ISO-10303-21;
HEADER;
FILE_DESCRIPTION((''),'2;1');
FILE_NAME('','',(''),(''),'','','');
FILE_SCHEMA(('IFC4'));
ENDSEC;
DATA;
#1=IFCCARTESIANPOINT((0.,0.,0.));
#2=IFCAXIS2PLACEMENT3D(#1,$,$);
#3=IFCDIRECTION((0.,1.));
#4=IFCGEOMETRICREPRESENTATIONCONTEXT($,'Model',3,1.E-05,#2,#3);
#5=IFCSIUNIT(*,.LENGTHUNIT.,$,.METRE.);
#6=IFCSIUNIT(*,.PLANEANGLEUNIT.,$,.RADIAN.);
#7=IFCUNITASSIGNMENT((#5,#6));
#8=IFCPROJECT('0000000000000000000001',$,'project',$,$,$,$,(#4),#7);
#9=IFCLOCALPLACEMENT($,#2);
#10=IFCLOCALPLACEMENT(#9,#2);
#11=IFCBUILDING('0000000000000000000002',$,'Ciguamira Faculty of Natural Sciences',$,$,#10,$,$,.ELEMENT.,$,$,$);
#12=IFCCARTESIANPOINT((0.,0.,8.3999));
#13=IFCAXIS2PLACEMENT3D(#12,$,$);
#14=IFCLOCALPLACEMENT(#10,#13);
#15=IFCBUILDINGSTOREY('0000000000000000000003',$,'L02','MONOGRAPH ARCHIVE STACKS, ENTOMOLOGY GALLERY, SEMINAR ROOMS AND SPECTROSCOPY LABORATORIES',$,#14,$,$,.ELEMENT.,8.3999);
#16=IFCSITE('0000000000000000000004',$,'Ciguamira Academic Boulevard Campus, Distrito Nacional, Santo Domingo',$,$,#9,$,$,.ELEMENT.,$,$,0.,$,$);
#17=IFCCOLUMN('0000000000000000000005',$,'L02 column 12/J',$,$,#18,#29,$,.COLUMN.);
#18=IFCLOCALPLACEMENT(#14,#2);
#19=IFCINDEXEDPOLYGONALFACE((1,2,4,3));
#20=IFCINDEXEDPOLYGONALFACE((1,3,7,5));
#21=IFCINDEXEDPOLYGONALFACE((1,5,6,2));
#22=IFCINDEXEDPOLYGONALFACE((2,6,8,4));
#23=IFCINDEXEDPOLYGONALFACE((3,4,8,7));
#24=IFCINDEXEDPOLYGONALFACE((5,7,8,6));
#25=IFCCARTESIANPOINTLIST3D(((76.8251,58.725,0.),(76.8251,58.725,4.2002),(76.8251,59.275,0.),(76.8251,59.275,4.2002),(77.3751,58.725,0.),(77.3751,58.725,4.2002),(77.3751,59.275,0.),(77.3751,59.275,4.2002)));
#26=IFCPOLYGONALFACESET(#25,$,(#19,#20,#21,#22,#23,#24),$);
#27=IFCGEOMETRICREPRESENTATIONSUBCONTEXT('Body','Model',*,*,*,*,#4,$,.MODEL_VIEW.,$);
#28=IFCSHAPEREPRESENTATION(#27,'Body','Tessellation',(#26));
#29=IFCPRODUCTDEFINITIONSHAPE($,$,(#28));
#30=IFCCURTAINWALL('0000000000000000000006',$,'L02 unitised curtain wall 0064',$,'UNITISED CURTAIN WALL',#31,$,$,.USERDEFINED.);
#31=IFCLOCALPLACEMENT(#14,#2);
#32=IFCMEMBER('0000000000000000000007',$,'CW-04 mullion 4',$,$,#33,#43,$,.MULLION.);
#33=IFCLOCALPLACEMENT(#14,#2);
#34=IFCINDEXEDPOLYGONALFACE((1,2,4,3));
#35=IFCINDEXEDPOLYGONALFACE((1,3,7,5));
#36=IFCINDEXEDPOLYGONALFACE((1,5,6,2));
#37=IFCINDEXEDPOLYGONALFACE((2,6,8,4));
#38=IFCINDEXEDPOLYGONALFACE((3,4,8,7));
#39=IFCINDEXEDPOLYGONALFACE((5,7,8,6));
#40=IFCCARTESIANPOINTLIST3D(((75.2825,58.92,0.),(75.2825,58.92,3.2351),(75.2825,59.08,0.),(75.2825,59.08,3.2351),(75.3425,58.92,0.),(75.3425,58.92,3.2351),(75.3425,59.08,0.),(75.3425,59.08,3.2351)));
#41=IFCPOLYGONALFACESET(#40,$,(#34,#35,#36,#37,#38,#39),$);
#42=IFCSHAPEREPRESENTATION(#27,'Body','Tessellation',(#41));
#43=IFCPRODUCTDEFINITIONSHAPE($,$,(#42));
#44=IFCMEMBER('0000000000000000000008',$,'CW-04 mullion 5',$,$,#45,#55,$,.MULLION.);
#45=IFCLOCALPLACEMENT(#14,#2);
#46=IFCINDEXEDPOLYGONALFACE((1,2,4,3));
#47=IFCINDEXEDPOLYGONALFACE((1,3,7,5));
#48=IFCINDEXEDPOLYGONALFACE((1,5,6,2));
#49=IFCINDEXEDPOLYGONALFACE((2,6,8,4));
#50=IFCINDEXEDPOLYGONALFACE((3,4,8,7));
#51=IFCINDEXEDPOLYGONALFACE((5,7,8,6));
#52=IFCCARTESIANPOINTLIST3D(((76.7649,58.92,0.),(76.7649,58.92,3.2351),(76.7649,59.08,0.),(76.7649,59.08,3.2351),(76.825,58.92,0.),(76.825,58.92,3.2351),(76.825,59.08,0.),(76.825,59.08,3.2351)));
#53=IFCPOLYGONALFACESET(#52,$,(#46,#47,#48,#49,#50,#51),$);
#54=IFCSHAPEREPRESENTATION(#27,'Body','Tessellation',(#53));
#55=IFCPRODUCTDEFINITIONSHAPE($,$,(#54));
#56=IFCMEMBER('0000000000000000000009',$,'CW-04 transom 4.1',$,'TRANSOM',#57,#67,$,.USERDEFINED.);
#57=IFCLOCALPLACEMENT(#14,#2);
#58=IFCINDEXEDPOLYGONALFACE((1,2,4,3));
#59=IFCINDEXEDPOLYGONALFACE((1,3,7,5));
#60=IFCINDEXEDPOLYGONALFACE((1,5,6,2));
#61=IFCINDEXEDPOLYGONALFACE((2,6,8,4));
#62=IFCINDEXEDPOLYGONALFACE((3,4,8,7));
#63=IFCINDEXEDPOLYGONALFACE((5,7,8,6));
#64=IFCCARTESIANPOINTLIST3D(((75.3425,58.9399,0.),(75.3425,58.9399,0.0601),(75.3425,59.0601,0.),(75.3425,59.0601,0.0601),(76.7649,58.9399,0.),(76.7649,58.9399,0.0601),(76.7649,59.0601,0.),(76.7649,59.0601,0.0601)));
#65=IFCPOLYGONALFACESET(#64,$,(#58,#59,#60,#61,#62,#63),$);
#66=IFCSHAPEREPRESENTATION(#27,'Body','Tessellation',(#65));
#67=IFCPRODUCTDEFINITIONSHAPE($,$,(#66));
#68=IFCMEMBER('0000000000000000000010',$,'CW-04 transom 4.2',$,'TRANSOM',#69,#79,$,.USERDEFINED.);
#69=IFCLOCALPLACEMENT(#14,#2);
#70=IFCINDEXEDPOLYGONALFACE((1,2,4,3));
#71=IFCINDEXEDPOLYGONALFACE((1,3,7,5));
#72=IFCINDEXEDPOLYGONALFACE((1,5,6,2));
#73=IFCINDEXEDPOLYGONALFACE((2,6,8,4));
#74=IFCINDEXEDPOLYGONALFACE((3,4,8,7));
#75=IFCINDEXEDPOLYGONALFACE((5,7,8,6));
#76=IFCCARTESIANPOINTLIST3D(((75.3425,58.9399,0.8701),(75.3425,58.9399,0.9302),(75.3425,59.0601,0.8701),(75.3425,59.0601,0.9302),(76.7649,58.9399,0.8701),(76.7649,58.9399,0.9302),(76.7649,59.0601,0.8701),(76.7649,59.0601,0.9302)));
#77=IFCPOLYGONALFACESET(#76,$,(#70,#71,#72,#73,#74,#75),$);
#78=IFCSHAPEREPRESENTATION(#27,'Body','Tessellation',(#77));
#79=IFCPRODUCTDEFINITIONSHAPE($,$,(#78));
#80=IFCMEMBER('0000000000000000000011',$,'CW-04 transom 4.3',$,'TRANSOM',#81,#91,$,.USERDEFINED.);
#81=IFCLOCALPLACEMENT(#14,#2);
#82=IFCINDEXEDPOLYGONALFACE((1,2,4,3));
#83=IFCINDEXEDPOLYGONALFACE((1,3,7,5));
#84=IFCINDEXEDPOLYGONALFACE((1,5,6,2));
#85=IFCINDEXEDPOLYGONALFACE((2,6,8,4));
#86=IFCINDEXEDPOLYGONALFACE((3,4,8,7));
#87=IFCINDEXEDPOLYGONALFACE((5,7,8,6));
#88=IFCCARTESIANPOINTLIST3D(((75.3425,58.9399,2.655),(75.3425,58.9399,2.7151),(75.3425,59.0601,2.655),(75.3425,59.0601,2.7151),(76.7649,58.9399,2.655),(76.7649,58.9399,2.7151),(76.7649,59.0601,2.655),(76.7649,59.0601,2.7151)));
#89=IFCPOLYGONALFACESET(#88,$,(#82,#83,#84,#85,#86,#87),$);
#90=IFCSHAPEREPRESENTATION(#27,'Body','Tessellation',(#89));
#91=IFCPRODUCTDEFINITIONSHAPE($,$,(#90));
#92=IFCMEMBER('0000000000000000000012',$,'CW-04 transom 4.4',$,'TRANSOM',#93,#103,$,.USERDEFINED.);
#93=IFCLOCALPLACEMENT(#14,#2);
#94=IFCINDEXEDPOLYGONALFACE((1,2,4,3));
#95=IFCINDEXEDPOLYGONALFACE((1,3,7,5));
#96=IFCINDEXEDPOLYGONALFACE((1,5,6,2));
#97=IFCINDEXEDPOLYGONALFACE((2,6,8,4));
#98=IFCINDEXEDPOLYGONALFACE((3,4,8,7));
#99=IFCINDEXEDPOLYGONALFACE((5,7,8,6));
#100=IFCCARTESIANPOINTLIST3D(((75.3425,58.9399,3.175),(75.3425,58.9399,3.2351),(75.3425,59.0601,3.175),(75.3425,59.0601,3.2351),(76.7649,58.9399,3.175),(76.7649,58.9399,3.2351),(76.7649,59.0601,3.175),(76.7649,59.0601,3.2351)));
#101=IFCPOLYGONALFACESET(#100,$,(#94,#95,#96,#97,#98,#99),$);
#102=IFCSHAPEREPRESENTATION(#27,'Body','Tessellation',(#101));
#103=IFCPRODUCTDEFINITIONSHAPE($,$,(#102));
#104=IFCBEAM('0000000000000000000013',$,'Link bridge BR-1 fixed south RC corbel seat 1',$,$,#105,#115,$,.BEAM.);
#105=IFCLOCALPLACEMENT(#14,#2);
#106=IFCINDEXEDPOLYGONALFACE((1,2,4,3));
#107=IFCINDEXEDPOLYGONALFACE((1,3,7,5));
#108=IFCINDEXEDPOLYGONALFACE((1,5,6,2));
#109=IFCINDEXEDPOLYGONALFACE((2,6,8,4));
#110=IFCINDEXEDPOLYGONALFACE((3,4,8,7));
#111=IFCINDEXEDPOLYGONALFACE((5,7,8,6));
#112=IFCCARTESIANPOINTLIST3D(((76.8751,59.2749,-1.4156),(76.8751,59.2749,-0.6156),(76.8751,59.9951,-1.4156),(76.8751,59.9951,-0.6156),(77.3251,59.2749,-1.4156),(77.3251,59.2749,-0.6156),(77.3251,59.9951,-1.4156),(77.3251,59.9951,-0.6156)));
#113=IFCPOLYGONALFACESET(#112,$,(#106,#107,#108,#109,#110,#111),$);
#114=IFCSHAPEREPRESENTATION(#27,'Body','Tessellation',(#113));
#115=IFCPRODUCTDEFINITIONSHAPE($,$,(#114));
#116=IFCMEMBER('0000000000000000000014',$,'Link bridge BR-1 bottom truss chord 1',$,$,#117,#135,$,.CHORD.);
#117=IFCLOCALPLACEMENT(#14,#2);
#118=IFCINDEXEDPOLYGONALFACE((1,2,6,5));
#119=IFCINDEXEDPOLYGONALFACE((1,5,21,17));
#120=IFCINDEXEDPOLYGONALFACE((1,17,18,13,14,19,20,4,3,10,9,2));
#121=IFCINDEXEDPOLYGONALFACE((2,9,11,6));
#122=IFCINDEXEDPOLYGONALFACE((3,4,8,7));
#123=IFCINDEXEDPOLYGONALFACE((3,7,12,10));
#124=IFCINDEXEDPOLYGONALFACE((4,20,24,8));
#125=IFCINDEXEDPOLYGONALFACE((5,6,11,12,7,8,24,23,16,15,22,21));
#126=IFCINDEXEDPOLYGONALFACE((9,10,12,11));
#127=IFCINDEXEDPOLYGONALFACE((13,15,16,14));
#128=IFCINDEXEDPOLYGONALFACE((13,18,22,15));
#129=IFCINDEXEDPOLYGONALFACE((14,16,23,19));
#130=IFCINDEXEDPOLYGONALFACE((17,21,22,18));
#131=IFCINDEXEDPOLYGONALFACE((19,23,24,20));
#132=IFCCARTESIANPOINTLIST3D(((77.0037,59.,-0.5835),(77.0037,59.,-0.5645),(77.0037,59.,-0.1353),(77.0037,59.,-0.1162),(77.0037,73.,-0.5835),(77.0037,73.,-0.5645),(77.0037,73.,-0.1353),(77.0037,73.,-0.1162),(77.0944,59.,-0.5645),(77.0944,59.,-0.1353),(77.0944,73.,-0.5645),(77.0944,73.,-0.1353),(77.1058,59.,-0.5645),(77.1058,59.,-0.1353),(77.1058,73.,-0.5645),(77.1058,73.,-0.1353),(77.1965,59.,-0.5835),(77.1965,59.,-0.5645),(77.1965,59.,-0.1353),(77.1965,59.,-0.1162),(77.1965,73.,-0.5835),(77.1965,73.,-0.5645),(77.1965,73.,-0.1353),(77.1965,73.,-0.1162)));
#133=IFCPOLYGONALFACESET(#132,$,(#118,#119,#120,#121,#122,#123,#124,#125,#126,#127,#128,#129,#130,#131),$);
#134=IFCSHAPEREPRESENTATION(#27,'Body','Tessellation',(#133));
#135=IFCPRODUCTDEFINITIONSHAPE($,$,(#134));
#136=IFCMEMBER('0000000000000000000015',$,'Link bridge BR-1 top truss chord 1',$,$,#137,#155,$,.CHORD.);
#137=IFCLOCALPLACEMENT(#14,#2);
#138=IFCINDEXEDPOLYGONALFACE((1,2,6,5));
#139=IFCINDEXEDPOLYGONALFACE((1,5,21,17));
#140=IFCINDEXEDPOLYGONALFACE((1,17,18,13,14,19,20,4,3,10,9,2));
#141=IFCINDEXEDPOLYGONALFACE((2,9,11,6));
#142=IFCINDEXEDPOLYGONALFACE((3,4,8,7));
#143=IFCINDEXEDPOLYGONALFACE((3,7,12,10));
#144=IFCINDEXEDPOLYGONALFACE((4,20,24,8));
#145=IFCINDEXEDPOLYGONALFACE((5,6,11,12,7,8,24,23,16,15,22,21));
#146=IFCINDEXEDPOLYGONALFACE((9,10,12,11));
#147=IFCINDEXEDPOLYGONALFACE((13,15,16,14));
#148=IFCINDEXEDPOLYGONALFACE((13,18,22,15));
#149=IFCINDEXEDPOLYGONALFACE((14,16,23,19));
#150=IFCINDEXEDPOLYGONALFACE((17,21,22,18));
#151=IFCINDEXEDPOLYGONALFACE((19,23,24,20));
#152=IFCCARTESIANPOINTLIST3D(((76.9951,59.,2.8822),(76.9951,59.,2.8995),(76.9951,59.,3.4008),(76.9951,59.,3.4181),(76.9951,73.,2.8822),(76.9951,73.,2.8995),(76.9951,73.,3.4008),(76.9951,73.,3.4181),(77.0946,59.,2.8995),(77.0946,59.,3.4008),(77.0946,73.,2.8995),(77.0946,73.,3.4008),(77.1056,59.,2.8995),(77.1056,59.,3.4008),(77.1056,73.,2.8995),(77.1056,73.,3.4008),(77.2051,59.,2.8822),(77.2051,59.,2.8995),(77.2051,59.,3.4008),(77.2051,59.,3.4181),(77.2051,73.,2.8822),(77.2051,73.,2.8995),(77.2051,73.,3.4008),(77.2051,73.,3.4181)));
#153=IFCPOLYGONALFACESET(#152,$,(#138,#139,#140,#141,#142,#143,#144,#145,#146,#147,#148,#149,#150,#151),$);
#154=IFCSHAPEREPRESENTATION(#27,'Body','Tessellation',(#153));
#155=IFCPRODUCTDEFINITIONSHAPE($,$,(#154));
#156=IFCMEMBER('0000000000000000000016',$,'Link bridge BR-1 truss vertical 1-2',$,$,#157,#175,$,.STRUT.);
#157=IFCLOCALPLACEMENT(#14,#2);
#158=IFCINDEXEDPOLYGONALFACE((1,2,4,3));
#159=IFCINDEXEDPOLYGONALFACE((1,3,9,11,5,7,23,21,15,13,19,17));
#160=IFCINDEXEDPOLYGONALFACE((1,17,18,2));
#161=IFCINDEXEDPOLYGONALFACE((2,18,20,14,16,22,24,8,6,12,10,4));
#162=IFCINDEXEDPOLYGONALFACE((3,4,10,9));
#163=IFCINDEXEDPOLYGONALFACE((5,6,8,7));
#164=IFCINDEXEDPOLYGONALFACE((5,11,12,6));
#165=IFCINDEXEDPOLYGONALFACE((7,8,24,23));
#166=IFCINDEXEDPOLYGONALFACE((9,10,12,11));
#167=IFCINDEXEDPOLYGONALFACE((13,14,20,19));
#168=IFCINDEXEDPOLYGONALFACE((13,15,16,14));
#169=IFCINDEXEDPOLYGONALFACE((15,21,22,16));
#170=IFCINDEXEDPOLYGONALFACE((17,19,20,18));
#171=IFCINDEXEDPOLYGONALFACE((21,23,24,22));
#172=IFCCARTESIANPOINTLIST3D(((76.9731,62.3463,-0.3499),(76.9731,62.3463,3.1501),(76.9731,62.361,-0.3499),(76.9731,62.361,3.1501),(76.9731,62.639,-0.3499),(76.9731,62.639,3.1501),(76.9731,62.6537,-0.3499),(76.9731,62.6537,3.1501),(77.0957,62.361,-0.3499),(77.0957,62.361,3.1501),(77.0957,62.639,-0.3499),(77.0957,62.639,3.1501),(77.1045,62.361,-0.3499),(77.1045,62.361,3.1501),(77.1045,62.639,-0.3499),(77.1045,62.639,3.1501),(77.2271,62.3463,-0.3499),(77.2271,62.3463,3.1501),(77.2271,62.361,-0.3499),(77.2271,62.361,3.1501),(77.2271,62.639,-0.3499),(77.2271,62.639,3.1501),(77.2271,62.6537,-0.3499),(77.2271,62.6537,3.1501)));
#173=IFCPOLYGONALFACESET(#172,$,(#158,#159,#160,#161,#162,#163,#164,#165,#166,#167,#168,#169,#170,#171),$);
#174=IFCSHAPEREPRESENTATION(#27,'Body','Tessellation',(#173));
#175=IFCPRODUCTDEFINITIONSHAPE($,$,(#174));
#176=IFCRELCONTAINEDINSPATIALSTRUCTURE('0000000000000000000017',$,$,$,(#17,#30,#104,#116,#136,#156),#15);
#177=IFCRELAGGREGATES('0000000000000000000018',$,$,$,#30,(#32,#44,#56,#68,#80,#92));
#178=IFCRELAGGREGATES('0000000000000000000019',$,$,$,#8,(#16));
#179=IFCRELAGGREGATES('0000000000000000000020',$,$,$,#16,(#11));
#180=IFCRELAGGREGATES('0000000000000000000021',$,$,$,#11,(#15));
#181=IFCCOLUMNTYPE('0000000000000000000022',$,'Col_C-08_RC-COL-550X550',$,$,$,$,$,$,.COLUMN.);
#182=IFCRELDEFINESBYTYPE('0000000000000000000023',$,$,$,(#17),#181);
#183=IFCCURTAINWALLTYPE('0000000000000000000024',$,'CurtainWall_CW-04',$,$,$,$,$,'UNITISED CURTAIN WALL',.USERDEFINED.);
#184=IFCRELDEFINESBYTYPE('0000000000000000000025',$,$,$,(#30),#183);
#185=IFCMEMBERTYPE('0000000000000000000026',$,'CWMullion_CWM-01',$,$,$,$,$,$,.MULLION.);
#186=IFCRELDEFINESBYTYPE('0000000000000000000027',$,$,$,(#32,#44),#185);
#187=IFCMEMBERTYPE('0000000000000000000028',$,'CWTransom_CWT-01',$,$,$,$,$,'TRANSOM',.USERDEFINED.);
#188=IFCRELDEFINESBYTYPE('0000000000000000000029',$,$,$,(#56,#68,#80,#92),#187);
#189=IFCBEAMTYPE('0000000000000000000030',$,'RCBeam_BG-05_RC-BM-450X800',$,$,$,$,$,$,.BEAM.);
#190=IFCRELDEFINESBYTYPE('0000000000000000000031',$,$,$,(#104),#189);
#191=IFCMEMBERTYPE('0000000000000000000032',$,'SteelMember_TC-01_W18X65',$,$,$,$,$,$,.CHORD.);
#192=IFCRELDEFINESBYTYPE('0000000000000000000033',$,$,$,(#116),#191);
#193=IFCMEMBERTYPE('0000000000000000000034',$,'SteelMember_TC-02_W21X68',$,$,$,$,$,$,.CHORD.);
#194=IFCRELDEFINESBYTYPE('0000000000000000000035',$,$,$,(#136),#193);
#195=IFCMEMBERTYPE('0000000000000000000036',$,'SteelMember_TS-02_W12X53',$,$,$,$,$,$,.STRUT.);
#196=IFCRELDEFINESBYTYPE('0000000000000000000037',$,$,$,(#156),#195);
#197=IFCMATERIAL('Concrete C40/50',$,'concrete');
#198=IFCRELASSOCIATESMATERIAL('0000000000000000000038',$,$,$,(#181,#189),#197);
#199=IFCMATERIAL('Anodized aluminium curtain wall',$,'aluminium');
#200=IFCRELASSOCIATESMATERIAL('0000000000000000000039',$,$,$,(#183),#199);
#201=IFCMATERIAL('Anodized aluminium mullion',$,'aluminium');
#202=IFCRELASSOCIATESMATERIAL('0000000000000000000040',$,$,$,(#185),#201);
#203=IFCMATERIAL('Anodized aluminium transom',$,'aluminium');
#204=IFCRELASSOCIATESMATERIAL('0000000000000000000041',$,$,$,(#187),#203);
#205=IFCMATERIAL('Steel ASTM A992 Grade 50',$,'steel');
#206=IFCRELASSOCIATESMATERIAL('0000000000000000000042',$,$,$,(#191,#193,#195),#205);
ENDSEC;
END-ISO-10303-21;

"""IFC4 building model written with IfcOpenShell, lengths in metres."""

from ifc_helpers import new_model, si_unit, direction, frame, origin, origin_2d, place, context, subcontext, project, spatial, rectangle, i_section, extrude, material, material_profile, profile_set, type_object, element, aggregate, save


model = new_model("IFC4")

# Units and contexts
model_context = context("Model", 3, precision=1e-05, world=origin(), true_north=direction((0.0, 1.0)))
body_context = subcontext(model_context, "Body", "Model", "MODEL_VIEW")
ifc_project = project(units=[si_unit("LENGTHUNIT", "METRE"), si_unit("PLANEANGLEUNIT", "RADIAN")], contexts=[model_context])

# Site, building, storey
site_placement = place(None, origin())
site = spatial("IfcSite", under=ifc_project, at=site_placement, Name="Ciguamira Academic Boulevard Campus, Distrito Nacional, Santo Domingo", CompositionType="ELEMENT", RefElevation=0.0)
building_placement = place(site_placement, origin())
building = spatial("IfcBuilding", under=site, at=building_placement, Name="Ciguamira Faculty of Natural Sciences", CompositionType="ELEMENT")
storey_placement = place(building_placement, frame((0.0, 0.0, 8.3999)))
storey = spatial("IfcBuildingStorey", under=building, at=storey_placement, Name="L02", Description="MONOGRAPH ARCHIVE STACKS, ENTOMOLOGY GALLERY, SEMINAR ROOMS AND SPECTROSCOPY LABORATORIES", CompositionType="ELEMENT", Elevation=8.3999)

# Column
ifc_material_1 = material(Name="Concrete C40/50", Category="concrete")
ifc_material_profile_1 = material_profile(ifc_material_1, rectangle(XDim=0.55, YDim=0.55, at=origin_2d()), Name="RC-COL-550X550")
ifc_profile_set_1 = profile_set([ifc_material_profile_1], Name="Concrete C40/50")
column_type = type_object("IfcColumnType", Name="Col_C-08_RC-COL-550X550", PredefinedType="COLUMN", material=ifc_profile_set_1)
column_placement = place(storey_placement, frame((77.1001, 59.0, 0.0), z_axis=(0.0, 0.0, 1.0), x_axis=(1.0, 0.0, 0.0)))
element("IfcColumn", 1, at=column_placement, inside=storey, type_object=column_type, Name="L02 column 12/J", PredefinedType="COLUMN", context=body_context, shape_type="SweptSolid", body=[
    extrude(rectangle(XDim=0.55, YDim=0.55, at=origin_2d()), origin(), (0.0, 0.0, 1.0), 4.2002),
])

# Curtain wall, members
ifc_material_2 = material(Name="Anodized aluminium curtain wall", Category="aluminium")
curtain_wall_type = type_object("IfcCurtainWallType", Name="CurtainWall_CW-04", ElementType="UNITISED CURTAIN WALL", PredefinedType="USERDEFINED", material=ifc_material_2)
curtain_wall_placement = place(storey_placement, origin())
curtain_wall = element("IfcCurtainWall", 2, at=curtain_wall_placement, inside=storey, type_object=curtain_wall_type, Name="L02 unitised curtain wall 0064", ObjectType="UNITISED CURTAIN WALL", PredefinedType="USERDEFINED")
ifc_material_3 = material(Name="Anodized aluminium mullion", Category="aluminium")
ifc_material_profile_2 = material_profile(ifc_material_3, rectangle(XDim=0.0601, YDim=0.1599, at=origin_2d()), Name="ALU-MUL-60X160")
ifc_profile_set_2 = profile_set([ifc_material_profile_2], Name="Anodized aluminium mullion")
member_type_1 = type_object("IfcMemberType", Name="CWMullion_CWM-01", PredefinedType="MULLION", material=ifc_profile_set_2)
member_1_placement = place(storey_placement, frame((75.3125, 59.0, 0.0), z_axis=(0.0, 0.0, 1.0), x_axis=(1.0, 0.0, 0.0)))
member_1 = element("IfcMember", 3, at=member_1_placement, type_object=member_type_1, Name="CW-04 mullion 4", PredefinedType="MULLION", context=body_context, shape_type="SweptSolid", body=[
    extrude(rectangle(XDim=0.0601, YDim=0.1599, at=origin_2d()), origin(), (0.0, 0.0, 1.0), 3.2351),
])
member_2_placement = place(storey_placement, frame((76.7949, 59.0, 0.0), z_axis=(0.0, 0.0, 1.0), x_axis=(1.0, 0.0, 0.0)))
member_2 = element("IfcMember", 4, at=member_2_placement, type_object=member_type_1, Name="CW-04 mullion 5", PredefinedType="MULLION", context=body_context, shape_type="SweptSolid", body=[
    extrude(rectangle(XDim=0.0601, YDim=0.1599, at=origin_2d()), origin(), (0.0, 0.0, 1.0), 3.2351),
])
ifc_material_4 = material(Name="Anodized aluminium transom", Category="aluminium")
ifc_material_profile_3 = material_profile(ifc_material_4, rectangle(XDim=0.0601, YDim=0.1201, at=origin_2d()), Name="ALU-TRN-60X120")
ifc_profile_set_3 = profile_set([ifc_material_profile_3], Name="Anodized aluminium transom")
member_type_2 = type_object("IfcMemberType", Name="CWTransom_CWT-01", ElementType="TRANSOM", PredefinedType="USERDEFINED", material=ifc_profile_set_3)
member_3_placement = place(storey_placement, frame((75.3425, 59.0, 0.03), z_axis=(1.0, 0.0, 0.0), x_axis=(0.0, 0.0, 1.0)))
member_3 = element("IfcMember", 5, at=member_3_placement, type_object=member_type_2, Name="CW-04 transom 4.1", ObjectType="TRANSOM", PredefinedType="USERDEFINED", context=body_context, shape_type="SweptSolid", body=[
    extrude(rectangle(XDim=0.0601, YDim=0.1201, at=origin_2d()), origin(), (0.0, 0.0, 1.0), 1.4224),
])
member_4_placement = place(storey_placement, frame((75.3425, 59.0, 0.9001), z_axis=(1.0, 0.0, 0.0), x_axis=(0.0, 0.0, 1.0)))
member_4 = element("IfcMember", 6, at=member_4_placement, type_object=member_type_2, Name="CW-04 transom 4.2", ObjectType="TRANSOM", PredefinedType="USERDEFINED", context=body_context, shape_type="SweptSolid", body=[
    extrude(rectangle(XDim=0.0601, YDim=0.1201, at=origin_2d()), origin(), (0.0, 0.0, 1.0), 1.4224),
])
member_5_placement = place(storey_placement, frame((75.3425, 59.0, 2.6851), z_axis=(1.0, 0.0, 0.0), x_axis=(0.0, 0.0, 1.0)))
member_5 = element("IfcMember", 7, at=member_5_placement, type_object=member_type_2, Name="CW-04 transom 4.3", ObjectType="TRANSOM", PredefinedType="USERDEFINED", context=body_context, shape_type="SweptSolid", body=[
    extrude(rectangle(XDim=0.0601, YDim=0.1201, at=origin_2d()), origin(), (0.0, 0.0, 1.0), 1.4224),
])
member_6_placement = place(storey_placement, frame((75.3425, 59.0, 3.2051), z_axis=(1.0, 0.0, 0.0), x_axis=(0.0, 0.0, 1.0)))
member_6 = element("IfcMember", 8, at=member_6_placement, type_object=member_type_2, Name="CW-04 transom 4.4", ObjectType="TRANSOM", PredefinedType="USERDEFINED", context=body_context, shape_type="SweptSolid", body=[
    extrude(rectangle(XDim=0.0601, YDim=0.1201, at=origin_2d()), origin(), (0.0, 0.0, 1.0), 1.4224),
])

# Beam
ifc_material_profile_4 = material_profile(ifc_material_1, rectangle(XDim=0.45, YDim=0.8, at=origin_2d()), Name="RC-BM-450X800")
ifc_profile_set_4 = profile_set([ifc_material_profile_4], Name="Concrete C40/50")
beam_type = type_object("IfcBeamType", Name="RCBeam_BG-05_RC-BM-450X800", PredefinedType="BEAM", material=ifc_profile_set_4)
beam_placement = place(storey_placement, frame((77.1001, 59.2749, -1.0156), z_axis=(0.0, 1.0, 0.0), x_axis=(-1.0, 0.0, 0.0)))
element("IfcBeam", 9, at=beam_placement, inside=storey, type_object=beam_type, Name="Link bridge BR-1 fixed south RC corbel seat 1", PredefinedType="BEAM", context=body_context, shape_type="SweptSolid", body=[
    extrude(rectangle(XDim=0.45, YDim=0.8, at=origin_2d()), origin(), (0.0, 0.0, 1.0), 0.7202),
])

# Members
ifc_material_5 = material(Name="Steel ASTM A992 Grade 50", Category="steel")
ifc_material_profile_5 = material_profile(ifc_material_5, i_section(OverallWidth=0.1929, OverallDepth=0.4673, WebThickness=0.0115, FlangeThickness=0.019, at=origin_2d()), Name="W18X65")
ifc_profile_set_5 = profile_set([ifc_material_profile_5], Name="Steel ASTM A992 Grade 50")
member_type_3 = type_object("IfcMemberType", Name="SteelMember_TC-01_W18X65", PredefinedType="CHORD", material=ifc_profile_set_5)
member_7_placement = place(storey_placement, frame((77.1001, 59.0, -0.3499), z_axis=(0.0, 1.0, 0.0), x_axis=(-1.0, 0.0, 0.0)))
element("IfcMember", 10, at=member_7_placement, inside=storey, type_object=member_type_3, Name="Link bridge BR-1 bottom truss chord 1", PredefinedType="CHORD", context=body_context, shape_type="SweptSolid", body=[
    extrude(i_section(OverallWidth=0.1929, OverallDepth=0.4673, WebThickness=0.0115, FlangeThickness=0.019, at=origin_2d()), origin(), (0.0, 0.0, 1.0), 14.0),
])
ifc_material_profile_6 = material_profile(ifc_material_5, i_section(OverallWidth=0.21, OverallDepth=0.5359, WebThickness=0.011, FlangeThickness=0.0173, at=origin_2d()), Name="W21X68")
ifc_profile_set_6 = profile_set([ifc_material_profile_6], Name="Steel ASTM A992 Grade 50")
member_type_4 = type_object("IfcMemberType", Name="SteelMember_TC-02_W21X68", PredefinedType="CHORD", material=ifc_profile_set_6)
member_8_placement = place(storey_placement, frame((77.1001, 59.0, 3.1501), z_axis=(0.0, 1.0, 0.0), x_axis=(-1.0, 0.0, 0.0)))
element("IfcMember", 11, at=member_8_placement, inside=storey, type_object=member_type_4, Name="Link bridge BR-1 top truss chord 1", PredefinedType="CHORD", context=body_context, shape_type="SweptSolid", body=[
    extrude(i_section(OverallWidth=0.21, OverallDepth=0.5359, WebThickness=0.011, FlangeThickness=0.0173, at=origin_2d()), origin(), (0.0, 0.0, 1.0), 14.0),
])
ifc_material_profile_7 = material_profile(ifc_material_5, i_section(OverallWidth=0.2539, OverallDepth=0.3074, WebThickness=0.0088, FlangeThickness=0.0146, at=origin_2d()), Name="W12X53")
ifc_profile_set_7 = profile_set([ifc_material_profile_7], Name="Steel ASTM A992 Grade 50")
member_type_5 = type_object("IfcMemberType", Name="SteelMember_TS-02_W12X53", PredefinedType="STRUT", material=ifc_profile_set_7)
member_9_placement = place(storey_placement, frame((77.1001, 62.5, -0.3499), z_axis=(0.0, 0.0, 1.0), x_axis=(1.0, 0.0, 0.0)))
element("IfcMember", 12, at=member_9_placement, inside=storey, type_object=member_type_5, Name="Link bridge BR-1 truss vertical 1-2", PredefinedType="STRUT", context=body_context, shape_type="SweptSolid", body=[
    extrude(i_section(OverallWidth=0.2539, OverallDepth=0.3074, WebThickness=0.0088, FlangeThickness=0.0146, at=origin_2d()), origin(), (0.0, 0.0, 1.0), 3.5),
])

aggregate(curtain_wall, [member_1, member_2, member_3, member_4, member_5, member_6])

save(model, "model.ifc")
